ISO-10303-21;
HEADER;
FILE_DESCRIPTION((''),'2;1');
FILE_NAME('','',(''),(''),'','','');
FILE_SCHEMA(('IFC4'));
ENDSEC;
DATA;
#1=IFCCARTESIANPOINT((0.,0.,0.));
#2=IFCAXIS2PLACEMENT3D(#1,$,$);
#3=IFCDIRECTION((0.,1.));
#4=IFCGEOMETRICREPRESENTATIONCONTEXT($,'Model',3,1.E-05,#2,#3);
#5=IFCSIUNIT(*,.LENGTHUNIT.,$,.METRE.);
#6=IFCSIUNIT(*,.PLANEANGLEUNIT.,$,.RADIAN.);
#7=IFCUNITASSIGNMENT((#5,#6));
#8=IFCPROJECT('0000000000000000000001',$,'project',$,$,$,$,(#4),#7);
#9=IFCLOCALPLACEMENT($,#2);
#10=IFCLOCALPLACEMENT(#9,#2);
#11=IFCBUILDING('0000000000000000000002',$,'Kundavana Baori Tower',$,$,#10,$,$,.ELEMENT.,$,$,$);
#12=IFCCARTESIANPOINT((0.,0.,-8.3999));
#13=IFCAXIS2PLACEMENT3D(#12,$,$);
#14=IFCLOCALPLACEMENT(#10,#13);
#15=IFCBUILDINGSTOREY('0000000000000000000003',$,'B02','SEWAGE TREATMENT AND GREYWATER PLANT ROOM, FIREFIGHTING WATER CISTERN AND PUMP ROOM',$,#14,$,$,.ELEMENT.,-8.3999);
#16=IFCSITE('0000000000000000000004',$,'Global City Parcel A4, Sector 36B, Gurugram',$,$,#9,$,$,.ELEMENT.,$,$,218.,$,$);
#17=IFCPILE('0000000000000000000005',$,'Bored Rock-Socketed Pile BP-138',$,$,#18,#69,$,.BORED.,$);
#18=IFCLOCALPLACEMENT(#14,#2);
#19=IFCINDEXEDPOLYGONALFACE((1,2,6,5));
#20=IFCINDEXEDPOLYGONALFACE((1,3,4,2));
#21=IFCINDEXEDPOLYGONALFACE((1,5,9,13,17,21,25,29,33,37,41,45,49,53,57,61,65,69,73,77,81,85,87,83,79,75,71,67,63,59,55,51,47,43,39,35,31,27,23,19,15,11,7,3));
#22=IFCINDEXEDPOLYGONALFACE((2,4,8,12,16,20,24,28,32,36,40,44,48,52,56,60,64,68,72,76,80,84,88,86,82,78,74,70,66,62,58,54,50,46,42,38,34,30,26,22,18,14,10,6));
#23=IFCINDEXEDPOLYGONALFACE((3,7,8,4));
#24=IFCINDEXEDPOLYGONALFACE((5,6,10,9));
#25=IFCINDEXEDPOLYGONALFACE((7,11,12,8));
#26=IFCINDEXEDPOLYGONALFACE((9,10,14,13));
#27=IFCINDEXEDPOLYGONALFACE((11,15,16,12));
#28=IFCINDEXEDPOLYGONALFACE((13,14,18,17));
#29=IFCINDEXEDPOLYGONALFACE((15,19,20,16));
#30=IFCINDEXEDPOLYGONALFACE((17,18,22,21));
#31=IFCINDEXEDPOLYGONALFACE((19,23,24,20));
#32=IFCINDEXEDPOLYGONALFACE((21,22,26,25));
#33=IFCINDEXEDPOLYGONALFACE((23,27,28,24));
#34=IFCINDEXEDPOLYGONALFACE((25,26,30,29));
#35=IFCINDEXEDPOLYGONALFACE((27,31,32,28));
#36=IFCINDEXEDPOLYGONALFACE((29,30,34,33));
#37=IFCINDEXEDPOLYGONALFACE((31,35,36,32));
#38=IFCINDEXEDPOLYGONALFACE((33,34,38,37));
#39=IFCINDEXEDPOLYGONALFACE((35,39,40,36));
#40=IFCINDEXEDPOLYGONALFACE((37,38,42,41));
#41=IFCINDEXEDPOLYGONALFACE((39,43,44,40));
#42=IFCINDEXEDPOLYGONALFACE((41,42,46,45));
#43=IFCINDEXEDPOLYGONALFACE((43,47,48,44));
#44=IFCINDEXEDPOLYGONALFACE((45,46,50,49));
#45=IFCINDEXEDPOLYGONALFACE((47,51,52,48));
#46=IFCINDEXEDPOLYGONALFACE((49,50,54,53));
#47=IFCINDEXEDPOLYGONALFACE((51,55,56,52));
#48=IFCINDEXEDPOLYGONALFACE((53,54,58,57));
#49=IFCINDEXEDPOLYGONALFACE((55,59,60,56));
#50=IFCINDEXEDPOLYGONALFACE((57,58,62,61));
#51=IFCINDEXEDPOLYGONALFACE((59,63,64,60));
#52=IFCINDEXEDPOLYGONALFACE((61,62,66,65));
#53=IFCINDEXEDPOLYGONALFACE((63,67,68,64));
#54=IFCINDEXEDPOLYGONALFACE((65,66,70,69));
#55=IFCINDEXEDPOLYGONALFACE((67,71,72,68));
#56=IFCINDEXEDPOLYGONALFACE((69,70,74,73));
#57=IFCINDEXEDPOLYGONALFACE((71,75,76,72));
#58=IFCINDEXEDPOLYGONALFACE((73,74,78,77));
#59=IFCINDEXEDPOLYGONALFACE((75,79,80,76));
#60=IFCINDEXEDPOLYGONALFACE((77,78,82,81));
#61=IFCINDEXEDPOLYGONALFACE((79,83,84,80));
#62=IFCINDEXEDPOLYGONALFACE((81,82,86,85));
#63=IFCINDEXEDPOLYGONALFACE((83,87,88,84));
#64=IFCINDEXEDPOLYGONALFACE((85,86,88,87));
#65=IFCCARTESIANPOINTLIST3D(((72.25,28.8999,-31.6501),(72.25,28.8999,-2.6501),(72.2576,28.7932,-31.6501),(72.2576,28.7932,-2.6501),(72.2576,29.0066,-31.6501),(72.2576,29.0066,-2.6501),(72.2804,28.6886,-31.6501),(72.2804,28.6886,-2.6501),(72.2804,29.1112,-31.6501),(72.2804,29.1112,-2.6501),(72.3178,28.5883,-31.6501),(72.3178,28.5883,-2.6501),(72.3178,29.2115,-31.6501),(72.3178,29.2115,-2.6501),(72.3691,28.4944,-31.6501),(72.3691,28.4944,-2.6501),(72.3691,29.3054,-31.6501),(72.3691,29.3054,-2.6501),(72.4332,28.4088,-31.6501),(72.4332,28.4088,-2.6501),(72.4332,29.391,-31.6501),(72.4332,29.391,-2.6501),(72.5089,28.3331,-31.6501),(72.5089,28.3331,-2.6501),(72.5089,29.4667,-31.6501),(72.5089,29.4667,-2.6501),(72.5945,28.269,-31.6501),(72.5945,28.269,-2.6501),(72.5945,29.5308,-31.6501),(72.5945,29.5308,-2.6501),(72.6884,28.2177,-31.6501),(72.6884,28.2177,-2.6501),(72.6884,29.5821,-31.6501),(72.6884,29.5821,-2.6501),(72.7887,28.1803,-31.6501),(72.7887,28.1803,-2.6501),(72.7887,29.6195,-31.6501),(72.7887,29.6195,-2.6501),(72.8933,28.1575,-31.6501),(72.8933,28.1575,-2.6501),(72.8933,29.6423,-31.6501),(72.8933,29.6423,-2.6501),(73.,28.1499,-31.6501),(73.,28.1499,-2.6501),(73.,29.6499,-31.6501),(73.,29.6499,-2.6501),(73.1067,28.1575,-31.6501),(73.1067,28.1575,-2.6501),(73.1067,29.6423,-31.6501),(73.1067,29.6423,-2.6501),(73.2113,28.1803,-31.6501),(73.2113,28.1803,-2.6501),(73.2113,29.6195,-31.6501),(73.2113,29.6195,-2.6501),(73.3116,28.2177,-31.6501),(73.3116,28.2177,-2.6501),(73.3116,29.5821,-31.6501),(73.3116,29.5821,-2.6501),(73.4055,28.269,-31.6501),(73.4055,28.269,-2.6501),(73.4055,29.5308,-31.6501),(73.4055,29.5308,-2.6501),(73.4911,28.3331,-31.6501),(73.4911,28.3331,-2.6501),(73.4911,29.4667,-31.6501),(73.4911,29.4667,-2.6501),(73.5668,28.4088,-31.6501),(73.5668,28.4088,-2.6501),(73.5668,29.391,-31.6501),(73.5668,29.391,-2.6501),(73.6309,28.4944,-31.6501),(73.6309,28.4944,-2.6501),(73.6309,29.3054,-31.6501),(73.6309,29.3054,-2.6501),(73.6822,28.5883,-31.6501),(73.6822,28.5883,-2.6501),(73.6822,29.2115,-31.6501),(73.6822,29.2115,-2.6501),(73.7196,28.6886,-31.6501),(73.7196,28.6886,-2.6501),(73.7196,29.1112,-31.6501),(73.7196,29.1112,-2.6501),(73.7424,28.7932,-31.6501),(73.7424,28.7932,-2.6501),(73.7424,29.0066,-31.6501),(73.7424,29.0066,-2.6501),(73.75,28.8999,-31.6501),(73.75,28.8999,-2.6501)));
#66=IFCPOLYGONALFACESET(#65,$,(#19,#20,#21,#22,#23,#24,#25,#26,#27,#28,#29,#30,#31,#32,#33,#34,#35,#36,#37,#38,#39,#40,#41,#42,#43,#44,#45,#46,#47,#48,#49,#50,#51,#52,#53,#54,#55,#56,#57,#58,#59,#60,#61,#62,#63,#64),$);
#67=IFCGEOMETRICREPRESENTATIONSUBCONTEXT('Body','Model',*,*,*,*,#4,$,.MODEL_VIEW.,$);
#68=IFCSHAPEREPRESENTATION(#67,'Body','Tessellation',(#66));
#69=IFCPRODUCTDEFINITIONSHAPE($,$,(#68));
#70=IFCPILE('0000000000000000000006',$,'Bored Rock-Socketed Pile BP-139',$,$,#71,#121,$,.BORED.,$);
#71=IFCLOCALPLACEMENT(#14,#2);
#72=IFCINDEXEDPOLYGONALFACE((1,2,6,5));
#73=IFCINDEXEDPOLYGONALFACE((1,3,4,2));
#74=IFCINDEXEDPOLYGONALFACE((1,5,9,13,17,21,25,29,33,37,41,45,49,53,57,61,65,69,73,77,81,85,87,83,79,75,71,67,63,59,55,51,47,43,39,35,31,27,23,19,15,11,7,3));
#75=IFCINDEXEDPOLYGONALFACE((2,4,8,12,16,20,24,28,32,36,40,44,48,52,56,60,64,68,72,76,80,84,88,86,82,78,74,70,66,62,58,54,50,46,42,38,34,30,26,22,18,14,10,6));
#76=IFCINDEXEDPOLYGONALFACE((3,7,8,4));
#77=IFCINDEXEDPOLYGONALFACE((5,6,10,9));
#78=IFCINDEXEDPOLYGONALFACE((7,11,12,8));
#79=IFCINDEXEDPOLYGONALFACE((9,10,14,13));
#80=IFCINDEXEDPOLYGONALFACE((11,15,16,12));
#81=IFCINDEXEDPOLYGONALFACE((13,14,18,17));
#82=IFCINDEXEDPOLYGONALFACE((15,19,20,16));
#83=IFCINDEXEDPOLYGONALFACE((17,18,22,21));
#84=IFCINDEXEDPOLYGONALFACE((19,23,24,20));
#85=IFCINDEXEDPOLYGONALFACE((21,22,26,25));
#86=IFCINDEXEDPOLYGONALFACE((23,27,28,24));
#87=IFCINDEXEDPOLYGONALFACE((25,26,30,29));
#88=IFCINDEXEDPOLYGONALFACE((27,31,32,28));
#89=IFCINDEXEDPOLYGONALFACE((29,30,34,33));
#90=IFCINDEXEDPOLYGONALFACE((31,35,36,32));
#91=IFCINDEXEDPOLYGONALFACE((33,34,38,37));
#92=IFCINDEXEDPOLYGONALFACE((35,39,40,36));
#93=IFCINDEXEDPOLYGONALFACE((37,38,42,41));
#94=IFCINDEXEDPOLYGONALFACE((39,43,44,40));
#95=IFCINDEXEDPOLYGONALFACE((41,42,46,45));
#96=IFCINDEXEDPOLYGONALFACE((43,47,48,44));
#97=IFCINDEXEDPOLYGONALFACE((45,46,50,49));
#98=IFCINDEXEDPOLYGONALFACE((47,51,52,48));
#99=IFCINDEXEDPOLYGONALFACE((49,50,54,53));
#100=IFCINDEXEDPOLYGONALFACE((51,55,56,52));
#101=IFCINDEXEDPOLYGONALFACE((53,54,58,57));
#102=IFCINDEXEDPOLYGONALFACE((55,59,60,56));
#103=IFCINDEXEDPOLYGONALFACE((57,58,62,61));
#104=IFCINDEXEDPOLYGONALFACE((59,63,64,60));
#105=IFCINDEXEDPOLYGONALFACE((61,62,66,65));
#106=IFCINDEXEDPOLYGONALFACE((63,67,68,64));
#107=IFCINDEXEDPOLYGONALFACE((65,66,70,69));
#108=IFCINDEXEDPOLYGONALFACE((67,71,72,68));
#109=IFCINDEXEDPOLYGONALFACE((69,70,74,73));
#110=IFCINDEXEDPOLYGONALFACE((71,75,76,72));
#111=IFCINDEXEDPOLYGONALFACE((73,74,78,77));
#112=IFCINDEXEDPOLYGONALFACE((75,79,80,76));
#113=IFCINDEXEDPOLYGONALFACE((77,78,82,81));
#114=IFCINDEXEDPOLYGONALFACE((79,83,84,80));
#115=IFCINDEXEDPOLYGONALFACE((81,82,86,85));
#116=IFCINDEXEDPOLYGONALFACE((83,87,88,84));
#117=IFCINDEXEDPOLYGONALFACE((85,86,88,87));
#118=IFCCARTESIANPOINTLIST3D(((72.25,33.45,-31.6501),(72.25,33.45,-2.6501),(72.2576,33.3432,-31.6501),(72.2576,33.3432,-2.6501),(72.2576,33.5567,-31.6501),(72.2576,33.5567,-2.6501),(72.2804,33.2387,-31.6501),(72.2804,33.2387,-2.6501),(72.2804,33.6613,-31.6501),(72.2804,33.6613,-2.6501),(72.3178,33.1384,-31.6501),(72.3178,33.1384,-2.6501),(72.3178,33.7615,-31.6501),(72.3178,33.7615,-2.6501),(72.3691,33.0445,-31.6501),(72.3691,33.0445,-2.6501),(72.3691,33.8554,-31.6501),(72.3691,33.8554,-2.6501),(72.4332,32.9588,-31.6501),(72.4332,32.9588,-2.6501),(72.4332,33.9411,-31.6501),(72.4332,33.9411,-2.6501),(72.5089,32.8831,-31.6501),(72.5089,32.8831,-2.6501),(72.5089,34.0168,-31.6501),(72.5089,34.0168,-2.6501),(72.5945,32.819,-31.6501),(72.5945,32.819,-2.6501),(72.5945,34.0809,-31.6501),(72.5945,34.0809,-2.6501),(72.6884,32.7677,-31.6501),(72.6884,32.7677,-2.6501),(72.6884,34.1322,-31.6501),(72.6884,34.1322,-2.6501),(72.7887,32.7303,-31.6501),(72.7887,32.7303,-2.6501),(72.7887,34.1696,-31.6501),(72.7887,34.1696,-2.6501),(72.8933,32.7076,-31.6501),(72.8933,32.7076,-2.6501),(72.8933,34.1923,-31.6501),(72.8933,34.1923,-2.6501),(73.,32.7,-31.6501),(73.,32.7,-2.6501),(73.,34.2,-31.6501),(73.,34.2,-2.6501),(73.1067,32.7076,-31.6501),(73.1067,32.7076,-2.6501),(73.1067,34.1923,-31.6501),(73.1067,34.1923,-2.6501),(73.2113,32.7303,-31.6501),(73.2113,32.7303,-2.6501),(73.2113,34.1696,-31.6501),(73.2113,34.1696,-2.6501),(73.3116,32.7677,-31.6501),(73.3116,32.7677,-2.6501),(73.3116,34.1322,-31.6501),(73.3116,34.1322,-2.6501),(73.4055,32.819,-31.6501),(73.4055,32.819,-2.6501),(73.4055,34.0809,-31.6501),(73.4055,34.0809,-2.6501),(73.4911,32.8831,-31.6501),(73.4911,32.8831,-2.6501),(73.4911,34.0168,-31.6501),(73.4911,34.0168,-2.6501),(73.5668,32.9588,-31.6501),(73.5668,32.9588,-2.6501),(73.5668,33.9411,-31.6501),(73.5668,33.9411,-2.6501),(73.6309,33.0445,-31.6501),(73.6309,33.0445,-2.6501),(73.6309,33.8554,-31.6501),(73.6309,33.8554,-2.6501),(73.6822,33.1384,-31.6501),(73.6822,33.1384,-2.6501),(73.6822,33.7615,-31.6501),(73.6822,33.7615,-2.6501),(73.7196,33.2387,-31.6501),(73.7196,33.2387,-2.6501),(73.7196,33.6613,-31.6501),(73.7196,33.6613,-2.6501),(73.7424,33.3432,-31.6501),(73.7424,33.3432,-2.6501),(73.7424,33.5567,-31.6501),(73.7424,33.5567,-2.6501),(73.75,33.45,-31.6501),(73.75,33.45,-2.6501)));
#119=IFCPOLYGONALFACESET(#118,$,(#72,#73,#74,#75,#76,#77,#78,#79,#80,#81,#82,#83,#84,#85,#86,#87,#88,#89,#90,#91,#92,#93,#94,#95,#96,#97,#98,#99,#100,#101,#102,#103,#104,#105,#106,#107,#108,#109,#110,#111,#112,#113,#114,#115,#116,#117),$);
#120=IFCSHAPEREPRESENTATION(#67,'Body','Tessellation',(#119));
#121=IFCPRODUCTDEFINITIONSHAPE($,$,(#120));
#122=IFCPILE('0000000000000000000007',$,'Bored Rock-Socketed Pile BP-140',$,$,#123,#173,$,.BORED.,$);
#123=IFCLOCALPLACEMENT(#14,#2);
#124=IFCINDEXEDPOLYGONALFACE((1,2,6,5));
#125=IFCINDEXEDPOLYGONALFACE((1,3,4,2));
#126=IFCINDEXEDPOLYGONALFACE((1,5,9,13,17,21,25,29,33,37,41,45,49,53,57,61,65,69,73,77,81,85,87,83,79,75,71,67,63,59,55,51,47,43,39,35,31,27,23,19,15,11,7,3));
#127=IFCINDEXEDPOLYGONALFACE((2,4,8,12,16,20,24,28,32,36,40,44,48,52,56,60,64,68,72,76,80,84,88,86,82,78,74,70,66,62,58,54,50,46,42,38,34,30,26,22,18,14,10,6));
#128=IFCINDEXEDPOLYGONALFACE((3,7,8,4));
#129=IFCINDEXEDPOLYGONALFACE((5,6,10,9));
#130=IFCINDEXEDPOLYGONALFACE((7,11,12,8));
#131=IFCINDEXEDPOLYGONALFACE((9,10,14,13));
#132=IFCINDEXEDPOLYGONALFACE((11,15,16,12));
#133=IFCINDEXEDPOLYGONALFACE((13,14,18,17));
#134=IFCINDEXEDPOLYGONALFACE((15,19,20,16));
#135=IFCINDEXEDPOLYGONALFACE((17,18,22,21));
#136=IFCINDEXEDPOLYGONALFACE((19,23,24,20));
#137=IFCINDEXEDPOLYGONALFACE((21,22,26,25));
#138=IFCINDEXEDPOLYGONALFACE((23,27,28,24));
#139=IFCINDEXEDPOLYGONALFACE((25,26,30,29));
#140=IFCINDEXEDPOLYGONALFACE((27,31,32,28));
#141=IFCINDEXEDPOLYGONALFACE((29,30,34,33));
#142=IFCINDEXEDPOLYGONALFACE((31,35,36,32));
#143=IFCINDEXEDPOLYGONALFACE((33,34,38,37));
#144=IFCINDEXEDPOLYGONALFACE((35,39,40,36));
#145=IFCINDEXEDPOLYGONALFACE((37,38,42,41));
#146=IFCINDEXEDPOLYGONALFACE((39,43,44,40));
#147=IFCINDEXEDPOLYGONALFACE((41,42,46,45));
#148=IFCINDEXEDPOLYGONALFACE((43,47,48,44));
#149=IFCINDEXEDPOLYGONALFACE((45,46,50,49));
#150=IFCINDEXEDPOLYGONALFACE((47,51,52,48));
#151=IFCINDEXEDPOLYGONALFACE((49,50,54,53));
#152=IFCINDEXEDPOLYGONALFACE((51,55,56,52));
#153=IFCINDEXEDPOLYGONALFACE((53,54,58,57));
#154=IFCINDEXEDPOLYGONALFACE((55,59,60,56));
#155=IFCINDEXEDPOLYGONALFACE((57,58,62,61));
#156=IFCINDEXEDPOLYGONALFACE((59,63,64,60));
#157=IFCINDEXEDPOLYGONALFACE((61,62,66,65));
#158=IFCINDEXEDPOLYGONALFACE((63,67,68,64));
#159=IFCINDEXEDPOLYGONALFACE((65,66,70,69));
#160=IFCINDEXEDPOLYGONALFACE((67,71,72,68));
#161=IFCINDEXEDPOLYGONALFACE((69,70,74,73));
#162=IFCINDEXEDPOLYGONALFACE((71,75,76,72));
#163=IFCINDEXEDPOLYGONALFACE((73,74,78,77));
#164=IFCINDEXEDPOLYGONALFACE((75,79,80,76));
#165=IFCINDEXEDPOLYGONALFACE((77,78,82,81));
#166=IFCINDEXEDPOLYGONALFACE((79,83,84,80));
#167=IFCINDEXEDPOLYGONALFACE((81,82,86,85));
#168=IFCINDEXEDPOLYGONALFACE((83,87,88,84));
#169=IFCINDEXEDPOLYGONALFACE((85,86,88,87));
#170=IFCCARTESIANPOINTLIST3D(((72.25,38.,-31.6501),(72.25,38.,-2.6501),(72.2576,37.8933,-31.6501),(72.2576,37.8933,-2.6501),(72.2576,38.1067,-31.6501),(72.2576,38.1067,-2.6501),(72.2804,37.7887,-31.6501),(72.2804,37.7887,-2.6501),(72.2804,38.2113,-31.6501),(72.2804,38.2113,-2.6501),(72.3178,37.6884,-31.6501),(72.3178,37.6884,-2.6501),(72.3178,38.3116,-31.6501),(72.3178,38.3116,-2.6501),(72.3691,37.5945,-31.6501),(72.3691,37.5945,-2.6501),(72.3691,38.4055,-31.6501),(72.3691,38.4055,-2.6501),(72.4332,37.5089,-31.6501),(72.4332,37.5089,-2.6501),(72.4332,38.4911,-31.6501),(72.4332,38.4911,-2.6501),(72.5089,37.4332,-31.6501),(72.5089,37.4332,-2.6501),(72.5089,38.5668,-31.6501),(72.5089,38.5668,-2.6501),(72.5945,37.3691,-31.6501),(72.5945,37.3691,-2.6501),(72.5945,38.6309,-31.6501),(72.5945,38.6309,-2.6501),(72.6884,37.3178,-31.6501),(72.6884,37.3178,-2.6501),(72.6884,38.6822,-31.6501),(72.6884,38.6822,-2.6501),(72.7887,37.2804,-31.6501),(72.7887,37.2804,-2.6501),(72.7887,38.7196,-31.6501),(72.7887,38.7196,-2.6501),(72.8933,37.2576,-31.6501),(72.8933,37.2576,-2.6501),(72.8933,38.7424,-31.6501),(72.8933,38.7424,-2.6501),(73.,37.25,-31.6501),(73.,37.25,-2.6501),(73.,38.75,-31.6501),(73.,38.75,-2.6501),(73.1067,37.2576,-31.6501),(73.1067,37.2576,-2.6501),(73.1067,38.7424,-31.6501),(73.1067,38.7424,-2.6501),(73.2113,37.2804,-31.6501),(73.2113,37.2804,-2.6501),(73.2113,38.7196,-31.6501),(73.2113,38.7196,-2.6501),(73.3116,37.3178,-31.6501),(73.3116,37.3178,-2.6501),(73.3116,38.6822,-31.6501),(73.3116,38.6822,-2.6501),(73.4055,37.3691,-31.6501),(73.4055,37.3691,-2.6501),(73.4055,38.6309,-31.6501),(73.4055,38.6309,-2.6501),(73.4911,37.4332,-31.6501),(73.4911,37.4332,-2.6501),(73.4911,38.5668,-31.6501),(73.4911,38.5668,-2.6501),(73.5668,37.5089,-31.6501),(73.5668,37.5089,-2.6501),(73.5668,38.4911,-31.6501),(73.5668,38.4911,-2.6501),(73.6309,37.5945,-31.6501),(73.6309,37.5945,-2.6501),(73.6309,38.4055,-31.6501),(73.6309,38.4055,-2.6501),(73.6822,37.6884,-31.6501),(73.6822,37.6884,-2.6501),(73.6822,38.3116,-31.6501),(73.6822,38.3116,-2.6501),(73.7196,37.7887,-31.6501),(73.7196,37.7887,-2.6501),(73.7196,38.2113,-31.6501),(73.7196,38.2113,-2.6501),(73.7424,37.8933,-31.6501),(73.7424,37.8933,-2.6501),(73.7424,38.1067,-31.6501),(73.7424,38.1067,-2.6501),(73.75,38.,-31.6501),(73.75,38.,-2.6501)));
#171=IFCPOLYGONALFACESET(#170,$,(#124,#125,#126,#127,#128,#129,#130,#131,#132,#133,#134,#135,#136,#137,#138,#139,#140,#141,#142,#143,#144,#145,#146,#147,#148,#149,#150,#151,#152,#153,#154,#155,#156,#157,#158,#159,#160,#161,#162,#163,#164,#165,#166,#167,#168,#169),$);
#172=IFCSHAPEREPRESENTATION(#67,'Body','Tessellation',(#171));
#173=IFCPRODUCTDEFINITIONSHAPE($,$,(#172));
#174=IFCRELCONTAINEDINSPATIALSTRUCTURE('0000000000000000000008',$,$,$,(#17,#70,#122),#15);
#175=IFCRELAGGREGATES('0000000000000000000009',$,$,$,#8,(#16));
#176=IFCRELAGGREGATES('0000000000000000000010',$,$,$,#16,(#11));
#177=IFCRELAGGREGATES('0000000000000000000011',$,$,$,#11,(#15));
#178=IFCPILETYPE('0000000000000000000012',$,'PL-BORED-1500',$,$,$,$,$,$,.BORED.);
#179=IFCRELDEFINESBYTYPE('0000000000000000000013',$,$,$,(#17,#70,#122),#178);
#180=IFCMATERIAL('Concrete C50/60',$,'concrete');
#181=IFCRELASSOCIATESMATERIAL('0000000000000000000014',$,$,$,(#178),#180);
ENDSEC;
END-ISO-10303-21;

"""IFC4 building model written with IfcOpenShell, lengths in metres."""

from ifc_helpers import new_model, si_unit, direction, frame, origin, origin_2d, place, context, subcontext, project, spatial, circle, extrude, material, material_profile, profile_set, type_object, element, save


model = new_model("IFC4")

# Units and contexts
model_context = context("Model", 3, precision=1e-05, world=origin(), true_north=direction((0.0, 1.0)))
body_context = subcontext(model_context, "Body", "Model", "MODEL_VIEW")
ifc_project = project(units=[si_unit("LENGTHUNIT", "METRE"), si_unit("PLANEANGLEUNIT", "RADIAN")], contexts=[model_context])

# Site, building, storey
site_placement = place(None, origin())
site = spatial("IfcSite", under=ifc_project, at=site_placement, Name="Global City Parcel A4, Sector 36B, Gurugram", CompositionType="ELEMENT", RefElevation=218.0)
building_placement = place(site_placement, origin())
building = spatial("IfcBuilding", under=site, at=building_placement, Name="Kundavana Baori Tower", CompositionType="ELEMENT")
storey_placement = place(building_placement, frame((0.0, 0.0, -8.3999)))
storey = spatial("IfcBuildingStorey", under=building, at=storey_placement, Name="B02", Description="SEWAGE TREATMENT AND GREYWATER PLANT ROOM, FIREFIGHTING WATER CISTERN AND PUMP ROOM", CompositionType="ELEMENT", Elevation=-8.3999)

# Piles
ifc_material_1 = material(Name="Concrete C50/60", Category="concrete")
ifc_material_profile_1 = material_profile(ifc_material_1, circle(Radius=0.75, at=origin_2d()), Name="BORED PILE D1500")
ifc_profile_set_1 = profile_set([ifc_material_profile_1], Name="Concrete C50/60")
pile_type_1 = type_object("IfcPileType", Name="PL-BORED-1500", PredefinedType="BORED", material=ifc_profile_set_1)
for number, where, z_axis, x_axis, name in (
    (1, (73.0, 28.8999, -2.6501), (0.0, 0.0, -1.0), (1.0, 0.0, 0.0), "Bored Rock-Socketed Pile BP-138"),
    (2, (73.0, 33.45, -2.6501), (0.0, 0.0, -1.0), (1.0, 0.0, 0.0), "Bored Rock-Socketed Pile BP-139"),
    (3, (73.0, 38.0, -2.6501), (0.0, 0.0, -1.0), (1.0, 0.0, 0.0), "Bored Rock-Socketed Pile BP-140"),
):
    element("IfcPile", number, at=place(storey_placement, frame(where, z_axis=z_axis, x_axis=x_axis)), inside=storey, type_object=pile_type_1, Name=name, PredefinedType="BORED", context=body_context, shape_type="SweptSolid", body=[
        extrude(circle(Radius=0.75, at=origin_2d()), origin(), (0.0, 0.0, 1.0), 29.0),
    ])

save(model, "model.ifc")
